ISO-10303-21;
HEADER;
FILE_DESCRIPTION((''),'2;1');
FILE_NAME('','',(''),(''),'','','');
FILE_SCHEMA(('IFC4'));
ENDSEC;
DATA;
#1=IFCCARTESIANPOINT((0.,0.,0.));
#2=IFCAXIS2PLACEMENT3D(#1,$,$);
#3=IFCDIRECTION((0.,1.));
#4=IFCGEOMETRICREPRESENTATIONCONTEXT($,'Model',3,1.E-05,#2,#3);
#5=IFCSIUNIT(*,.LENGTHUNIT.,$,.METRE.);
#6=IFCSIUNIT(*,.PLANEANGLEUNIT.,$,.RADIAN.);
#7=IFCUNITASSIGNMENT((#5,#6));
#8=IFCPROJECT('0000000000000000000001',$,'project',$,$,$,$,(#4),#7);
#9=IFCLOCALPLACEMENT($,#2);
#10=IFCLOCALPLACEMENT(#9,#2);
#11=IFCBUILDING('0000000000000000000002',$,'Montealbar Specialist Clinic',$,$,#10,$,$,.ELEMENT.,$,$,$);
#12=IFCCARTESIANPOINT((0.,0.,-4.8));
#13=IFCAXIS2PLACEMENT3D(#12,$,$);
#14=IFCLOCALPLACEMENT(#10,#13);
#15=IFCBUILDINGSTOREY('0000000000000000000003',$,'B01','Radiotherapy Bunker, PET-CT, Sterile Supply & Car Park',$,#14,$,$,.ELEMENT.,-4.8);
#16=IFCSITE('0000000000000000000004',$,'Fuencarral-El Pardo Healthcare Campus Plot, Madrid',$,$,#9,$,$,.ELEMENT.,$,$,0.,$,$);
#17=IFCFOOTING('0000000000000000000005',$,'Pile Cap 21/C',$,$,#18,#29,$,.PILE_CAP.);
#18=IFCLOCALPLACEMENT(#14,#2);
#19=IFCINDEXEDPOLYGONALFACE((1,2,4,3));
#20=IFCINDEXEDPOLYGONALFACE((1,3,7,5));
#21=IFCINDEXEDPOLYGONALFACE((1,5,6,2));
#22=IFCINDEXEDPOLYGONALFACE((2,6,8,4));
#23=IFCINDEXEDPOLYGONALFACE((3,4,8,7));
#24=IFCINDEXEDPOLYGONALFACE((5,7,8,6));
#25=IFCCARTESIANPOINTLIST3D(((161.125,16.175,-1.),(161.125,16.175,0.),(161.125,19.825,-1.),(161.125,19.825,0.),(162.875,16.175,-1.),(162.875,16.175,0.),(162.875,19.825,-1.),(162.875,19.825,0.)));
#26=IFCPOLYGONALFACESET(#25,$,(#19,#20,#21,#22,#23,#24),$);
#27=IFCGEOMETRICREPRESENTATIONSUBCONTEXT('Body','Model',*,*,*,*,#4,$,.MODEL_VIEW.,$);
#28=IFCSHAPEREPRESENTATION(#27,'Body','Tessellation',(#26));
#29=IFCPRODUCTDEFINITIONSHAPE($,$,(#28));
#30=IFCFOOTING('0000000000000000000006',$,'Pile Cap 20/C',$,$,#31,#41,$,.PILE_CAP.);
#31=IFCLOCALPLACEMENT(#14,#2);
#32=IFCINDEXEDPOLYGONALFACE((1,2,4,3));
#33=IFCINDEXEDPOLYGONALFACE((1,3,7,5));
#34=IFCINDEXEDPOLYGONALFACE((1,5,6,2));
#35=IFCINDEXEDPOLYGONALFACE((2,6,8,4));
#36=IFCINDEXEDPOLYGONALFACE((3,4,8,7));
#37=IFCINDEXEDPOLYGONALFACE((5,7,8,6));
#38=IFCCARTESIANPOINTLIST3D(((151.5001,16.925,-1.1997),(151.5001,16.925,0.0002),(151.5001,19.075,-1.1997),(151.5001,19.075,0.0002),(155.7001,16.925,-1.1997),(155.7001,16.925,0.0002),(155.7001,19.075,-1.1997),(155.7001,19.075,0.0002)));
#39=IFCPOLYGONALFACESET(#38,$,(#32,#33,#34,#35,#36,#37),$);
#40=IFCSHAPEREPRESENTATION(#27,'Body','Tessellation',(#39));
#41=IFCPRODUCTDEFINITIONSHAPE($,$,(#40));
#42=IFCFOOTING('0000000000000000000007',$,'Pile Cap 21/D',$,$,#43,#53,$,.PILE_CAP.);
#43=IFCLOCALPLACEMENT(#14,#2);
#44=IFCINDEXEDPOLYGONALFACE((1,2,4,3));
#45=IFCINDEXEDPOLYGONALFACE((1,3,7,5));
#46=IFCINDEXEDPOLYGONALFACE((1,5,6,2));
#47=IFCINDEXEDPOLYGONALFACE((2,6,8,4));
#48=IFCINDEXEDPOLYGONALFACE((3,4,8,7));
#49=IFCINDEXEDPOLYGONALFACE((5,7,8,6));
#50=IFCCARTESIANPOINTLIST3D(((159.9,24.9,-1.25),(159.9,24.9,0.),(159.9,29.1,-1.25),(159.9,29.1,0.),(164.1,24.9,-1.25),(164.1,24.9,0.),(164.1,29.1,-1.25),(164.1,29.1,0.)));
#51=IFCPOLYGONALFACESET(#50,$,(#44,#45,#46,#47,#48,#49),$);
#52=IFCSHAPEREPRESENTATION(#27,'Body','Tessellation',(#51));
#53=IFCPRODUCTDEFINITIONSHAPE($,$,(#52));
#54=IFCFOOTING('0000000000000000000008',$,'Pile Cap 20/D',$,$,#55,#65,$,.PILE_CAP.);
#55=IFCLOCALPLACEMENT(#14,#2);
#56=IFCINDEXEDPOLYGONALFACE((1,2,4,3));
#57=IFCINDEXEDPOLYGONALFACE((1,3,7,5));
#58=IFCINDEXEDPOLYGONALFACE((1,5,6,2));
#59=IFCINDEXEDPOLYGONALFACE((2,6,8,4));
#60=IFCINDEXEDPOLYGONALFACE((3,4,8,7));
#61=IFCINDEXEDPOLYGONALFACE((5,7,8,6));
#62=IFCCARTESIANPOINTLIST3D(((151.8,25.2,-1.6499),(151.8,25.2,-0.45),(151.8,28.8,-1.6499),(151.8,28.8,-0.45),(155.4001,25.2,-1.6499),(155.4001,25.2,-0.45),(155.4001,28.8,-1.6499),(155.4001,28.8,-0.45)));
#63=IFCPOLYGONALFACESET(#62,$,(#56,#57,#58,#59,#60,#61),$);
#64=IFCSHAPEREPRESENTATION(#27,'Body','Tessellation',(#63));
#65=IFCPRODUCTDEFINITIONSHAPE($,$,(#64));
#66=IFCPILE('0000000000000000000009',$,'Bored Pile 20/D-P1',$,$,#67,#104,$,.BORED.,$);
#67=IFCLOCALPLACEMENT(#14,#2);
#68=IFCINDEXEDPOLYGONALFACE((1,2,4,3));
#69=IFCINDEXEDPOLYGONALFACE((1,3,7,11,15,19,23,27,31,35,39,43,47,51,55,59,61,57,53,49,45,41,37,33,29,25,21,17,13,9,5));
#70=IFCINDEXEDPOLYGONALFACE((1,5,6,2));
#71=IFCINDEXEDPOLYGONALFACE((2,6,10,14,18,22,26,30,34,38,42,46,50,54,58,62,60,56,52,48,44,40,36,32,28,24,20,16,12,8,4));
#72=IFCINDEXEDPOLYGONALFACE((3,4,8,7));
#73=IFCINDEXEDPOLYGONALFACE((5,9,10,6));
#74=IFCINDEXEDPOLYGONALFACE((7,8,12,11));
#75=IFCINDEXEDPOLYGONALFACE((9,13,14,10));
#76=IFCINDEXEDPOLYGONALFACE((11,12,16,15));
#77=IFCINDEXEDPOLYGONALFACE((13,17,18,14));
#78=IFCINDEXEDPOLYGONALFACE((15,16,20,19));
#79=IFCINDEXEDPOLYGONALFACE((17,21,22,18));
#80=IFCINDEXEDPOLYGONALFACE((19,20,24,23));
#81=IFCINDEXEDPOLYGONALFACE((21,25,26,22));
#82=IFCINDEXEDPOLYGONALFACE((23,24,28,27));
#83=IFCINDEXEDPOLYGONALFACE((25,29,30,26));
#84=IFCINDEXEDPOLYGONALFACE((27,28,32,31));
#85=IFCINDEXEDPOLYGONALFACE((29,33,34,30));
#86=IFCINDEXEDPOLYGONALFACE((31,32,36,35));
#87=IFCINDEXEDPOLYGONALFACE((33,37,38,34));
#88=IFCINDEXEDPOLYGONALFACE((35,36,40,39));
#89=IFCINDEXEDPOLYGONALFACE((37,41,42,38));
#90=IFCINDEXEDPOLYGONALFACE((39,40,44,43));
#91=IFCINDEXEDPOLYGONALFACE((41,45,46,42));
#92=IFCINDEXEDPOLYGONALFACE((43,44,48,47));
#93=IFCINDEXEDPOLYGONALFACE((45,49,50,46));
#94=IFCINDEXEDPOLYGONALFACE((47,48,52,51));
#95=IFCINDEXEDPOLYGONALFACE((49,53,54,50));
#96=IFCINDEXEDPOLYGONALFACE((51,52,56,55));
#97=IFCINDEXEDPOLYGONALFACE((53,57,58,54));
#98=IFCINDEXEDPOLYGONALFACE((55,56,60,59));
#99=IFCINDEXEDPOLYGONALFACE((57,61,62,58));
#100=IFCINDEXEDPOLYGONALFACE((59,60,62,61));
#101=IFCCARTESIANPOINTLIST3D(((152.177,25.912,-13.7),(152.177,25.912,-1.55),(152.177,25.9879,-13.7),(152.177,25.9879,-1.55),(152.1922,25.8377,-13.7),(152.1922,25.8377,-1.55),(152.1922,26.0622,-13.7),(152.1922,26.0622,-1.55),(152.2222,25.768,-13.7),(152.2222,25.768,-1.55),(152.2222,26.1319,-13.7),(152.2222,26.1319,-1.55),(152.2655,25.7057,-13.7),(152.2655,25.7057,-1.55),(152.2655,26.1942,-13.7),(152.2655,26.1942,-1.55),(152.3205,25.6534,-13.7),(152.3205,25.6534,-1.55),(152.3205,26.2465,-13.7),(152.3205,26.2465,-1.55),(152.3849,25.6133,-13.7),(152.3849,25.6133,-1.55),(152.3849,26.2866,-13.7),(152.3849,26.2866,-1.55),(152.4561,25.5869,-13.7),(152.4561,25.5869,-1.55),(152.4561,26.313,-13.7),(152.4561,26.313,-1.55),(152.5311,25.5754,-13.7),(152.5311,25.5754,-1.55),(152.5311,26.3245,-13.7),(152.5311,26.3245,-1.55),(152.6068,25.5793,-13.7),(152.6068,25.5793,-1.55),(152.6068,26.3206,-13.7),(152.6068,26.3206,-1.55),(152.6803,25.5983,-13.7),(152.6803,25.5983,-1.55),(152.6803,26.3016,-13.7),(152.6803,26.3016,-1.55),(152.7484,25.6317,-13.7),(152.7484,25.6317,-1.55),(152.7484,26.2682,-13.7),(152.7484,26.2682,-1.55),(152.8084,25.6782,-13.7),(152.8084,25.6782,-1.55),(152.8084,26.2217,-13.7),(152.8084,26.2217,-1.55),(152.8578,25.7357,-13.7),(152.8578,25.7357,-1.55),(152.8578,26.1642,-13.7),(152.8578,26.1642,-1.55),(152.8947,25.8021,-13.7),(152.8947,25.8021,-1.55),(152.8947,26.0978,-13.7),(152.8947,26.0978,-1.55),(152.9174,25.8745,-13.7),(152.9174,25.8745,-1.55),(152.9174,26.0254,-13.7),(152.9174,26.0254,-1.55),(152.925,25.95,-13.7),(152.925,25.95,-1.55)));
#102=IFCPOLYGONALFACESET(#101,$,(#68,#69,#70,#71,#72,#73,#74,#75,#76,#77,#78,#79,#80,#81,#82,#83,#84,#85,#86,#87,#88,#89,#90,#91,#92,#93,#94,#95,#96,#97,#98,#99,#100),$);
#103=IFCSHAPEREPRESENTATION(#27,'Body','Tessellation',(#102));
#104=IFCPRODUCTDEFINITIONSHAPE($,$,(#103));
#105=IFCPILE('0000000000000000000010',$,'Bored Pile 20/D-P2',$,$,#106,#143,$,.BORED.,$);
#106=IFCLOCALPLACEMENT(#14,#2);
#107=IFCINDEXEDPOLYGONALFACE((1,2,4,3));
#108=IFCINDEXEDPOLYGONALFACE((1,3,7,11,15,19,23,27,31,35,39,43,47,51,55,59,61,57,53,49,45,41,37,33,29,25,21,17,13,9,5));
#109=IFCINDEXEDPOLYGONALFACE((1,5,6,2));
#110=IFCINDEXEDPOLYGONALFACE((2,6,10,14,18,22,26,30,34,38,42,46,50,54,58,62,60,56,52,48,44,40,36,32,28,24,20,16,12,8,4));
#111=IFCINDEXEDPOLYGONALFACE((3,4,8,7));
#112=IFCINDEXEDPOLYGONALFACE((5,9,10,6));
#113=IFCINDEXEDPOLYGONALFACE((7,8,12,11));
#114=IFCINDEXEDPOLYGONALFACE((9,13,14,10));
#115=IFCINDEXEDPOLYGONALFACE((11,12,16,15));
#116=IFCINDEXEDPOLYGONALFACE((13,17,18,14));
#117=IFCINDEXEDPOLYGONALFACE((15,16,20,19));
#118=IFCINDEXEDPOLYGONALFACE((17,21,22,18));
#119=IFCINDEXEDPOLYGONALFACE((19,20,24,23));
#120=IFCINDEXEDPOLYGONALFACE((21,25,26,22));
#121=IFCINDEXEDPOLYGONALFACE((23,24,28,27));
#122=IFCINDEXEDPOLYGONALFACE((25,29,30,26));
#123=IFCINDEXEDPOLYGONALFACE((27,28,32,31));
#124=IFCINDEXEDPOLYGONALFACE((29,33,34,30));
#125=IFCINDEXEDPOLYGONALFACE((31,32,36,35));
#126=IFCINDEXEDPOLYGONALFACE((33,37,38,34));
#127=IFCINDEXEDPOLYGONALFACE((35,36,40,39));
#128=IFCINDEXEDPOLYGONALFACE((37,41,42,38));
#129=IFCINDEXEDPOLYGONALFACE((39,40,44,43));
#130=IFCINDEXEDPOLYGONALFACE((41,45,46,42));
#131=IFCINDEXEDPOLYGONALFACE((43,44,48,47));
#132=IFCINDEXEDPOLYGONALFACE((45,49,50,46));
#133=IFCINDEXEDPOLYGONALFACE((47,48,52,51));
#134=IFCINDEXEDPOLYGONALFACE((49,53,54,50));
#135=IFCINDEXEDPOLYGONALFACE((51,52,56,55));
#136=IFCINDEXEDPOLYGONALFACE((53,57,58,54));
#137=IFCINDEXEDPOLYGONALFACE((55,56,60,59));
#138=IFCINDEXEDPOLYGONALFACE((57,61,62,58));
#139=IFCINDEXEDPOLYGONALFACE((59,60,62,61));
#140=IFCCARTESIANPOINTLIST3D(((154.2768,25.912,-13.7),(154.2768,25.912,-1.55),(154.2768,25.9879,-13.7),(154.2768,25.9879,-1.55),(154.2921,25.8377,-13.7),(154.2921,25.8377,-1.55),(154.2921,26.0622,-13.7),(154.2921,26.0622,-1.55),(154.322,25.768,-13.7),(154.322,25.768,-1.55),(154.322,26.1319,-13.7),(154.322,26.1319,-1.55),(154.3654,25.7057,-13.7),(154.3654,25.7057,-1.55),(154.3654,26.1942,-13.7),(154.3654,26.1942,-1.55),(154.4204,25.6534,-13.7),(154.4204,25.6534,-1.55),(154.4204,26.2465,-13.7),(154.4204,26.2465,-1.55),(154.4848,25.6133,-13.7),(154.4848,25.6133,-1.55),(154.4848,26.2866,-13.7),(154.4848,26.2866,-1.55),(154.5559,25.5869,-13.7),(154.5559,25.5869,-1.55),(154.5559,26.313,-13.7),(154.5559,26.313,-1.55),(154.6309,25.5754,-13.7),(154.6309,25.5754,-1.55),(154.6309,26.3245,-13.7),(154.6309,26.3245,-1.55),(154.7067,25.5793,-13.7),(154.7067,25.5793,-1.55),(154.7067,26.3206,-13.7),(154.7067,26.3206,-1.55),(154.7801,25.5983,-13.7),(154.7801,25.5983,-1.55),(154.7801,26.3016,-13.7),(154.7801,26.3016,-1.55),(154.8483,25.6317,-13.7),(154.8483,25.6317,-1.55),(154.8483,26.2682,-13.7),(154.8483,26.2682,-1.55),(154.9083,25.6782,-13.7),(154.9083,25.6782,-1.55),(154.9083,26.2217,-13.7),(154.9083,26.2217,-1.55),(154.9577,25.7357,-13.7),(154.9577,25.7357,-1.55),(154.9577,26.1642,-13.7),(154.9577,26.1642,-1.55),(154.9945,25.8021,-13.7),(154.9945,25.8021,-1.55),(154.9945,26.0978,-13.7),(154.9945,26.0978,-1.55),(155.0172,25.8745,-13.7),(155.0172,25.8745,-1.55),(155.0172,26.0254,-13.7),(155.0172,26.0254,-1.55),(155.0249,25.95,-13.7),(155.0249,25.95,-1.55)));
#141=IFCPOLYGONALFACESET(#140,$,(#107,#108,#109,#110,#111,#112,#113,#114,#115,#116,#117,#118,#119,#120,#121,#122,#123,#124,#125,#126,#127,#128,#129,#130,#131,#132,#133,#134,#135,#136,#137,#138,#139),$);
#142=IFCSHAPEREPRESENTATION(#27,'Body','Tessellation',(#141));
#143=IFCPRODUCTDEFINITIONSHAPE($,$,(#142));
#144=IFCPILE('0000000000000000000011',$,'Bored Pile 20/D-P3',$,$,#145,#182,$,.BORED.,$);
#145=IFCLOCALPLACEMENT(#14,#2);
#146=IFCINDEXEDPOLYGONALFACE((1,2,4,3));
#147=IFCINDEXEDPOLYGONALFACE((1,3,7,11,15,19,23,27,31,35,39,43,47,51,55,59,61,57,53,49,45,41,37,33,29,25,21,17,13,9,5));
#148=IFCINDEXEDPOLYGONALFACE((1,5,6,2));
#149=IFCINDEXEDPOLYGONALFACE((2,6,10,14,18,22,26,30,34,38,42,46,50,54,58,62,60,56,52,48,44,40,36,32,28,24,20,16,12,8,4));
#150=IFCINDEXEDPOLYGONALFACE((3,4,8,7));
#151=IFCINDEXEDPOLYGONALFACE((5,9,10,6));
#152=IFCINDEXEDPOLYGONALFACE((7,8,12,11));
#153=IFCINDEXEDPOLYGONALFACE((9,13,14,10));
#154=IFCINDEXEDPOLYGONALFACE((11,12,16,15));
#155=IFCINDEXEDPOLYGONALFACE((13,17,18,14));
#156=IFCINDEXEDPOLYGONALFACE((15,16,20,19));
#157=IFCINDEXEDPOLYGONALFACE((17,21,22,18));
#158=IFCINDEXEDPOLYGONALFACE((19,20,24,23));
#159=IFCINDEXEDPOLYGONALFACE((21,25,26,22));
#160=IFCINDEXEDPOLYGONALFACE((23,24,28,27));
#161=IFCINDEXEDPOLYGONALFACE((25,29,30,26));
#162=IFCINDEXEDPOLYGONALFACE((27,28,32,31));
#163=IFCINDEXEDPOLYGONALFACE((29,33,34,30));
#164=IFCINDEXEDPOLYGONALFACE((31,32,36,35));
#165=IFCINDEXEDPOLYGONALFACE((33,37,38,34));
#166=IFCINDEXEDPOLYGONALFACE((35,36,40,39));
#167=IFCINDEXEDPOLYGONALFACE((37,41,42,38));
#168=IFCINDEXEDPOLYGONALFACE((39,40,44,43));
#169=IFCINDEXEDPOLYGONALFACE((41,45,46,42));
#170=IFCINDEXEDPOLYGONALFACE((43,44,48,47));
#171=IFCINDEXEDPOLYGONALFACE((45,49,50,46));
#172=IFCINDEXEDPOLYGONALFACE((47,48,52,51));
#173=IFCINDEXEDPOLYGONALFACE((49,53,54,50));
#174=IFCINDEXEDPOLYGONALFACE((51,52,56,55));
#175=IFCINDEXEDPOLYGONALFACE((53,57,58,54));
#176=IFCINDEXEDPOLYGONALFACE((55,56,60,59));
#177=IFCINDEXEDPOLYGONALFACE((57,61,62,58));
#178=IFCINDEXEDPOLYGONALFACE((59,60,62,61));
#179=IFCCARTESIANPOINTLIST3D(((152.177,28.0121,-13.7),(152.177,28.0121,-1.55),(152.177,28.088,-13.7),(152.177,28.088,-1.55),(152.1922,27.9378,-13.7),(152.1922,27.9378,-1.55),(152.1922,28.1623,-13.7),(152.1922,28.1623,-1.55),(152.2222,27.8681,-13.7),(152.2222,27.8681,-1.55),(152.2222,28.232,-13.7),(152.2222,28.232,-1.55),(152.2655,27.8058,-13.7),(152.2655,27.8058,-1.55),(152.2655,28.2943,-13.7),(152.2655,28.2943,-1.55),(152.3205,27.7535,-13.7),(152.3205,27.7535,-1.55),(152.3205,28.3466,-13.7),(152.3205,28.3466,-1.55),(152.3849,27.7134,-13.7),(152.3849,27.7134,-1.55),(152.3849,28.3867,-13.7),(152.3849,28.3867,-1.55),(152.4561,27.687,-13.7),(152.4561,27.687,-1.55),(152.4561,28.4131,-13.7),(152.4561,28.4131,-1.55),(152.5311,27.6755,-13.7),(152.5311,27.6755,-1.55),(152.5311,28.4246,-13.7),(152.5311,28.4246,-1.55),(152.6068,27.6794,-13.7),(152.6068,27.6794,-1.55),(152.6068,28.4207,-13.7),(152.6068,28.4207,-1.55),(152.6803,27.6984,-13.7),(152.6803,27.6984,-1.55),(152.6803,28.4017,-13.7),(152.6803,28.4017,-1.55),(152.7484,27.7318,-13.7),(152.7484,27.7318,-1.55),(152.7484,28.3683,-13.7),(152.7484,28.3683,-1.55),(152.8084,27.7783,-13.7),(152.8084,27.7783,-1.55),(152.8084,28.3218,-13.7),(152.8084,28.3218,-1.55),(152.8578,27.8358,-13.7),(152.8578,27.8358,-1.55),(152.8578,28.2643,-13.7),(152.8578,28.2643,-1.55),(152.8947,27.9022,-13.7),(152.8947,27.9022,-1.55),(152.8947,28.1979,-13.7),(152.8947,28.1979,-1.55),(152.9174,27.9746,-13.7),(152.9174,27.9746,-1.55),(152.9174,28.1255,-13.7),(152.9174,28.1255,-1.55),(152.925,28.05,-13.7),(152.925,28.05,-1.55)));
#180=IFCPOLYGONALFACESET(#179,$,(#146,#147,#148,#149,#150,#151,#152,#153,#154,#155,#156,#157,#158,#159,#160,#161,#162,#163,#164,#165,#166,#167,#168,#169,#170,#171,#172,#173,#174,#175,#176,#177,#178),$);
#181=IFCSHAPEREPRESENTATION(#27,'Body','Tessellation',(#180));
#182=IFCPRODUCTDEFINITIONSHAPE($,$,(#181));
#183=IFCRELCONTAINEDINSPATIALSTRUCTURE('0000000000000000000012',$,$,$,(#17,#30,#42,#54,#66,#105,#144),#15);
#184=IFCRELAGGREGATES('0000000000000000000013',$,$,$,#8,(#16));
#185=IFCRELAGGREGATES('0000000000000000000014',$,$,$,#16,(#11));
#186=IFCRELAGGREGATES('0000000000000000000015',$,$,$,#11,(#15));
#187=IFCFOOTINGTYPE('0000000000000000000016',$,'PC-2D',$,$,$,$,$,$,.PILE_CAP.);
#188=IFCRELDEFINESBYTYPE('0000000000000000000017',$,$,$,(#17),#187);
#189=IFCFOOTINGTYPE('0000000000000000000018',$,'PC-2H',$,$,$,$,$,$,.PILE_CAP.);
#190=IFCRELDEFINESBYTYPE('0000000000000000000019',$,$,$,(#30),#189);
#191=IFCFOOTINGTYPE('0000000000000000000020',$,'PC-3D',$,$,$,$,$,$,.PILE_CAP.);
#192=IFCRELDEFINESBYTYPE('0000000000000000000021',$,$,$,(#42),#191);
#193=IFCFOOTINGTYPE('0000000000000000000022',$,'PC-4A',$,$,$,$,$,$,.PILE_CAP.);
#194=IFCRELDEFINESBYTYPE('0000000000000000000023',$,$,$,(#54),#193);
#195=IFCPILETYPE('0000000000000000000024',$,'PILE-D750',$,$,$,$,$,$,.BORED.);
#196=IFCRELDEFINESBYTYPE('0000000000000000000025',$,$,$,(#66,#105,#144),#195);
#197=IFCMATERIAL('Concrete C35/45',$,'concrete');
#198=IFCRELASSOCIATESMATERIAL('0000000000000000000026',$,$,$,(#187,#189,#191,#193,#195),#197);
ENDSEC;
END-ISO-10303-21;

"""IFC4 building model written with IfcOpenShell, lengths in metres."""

from ifc_helpers import new_model, si_unit, direction, frame, origin, origin_2d, place, context, subcontext, project, spatial, rectangle, circle, extrude, material, material_profile, profile_set, type_object, element, save


model = new_model("IFC4")

# Units and contexts
model_context = context("Model", 3, precision=1e-05, world=origin(), true_north=direction((0.0, 1.0)))
body_context = subcontext(model_context, "Body", "Model", "MODEL_VIEW")
ifc_project = project(units=[si_unit("LENGTHUNIT", "METRE"), si_unit("PLANEANGLEUNIT", "RADIAN")], contexts=[model_context])

# Site, building, storey
site_placement = place(None, origin())
site = spatial("IfcSite", under=ifc_project, at=site_placement, Name="Fuencarral-El Pardo Healthcare Campus Plot, Madrid", CompositionType="ELEMENT", RefElevation=0.0)
building_placement = place(site_placement, origin())
building = spatial("IfcBuilding", under=site, at=building_placement, Name="Montealbar Specialist Clinic", CompositionType="ELEMENT")
storey_placement = place(building_placement, frame((0.0, 0.0, -4.8)))
storey = spatial("IfcBuildingStorey", under=building, at=storey_placement, Name="B01", Description="Radiotherapy Bunker, PET-CT, Sterile Supply & Car Park", CompositionType="ELEMENT", Elevation=-4.8)

# Footings
ifc_material_1 = material(Name="Concrete C35/45", Category="concrete")
footing_type_1 = type_object("IfcFootingType", Name="PC-2D", PredefinedType="PILE_CAP", material=ifc_material_1)
footing_1_placement = place(storey_placement, frame((162.0, 18.0, -1.0), z_axis=(0.0, 0.0, 1.0), x_axis=(1.0, 0.0, 0.0)))
element("IfcFooting", 1, at=footing_1_placement, inside=storey, type_object=footing_type_1, Name="Pile Cap 21/C", PredefinedType="PILE_CAP", context=body_context, shape_type="SweptSolid", body=[
    extrude(rectangle(XDim=1.75, YDim=3.6499, at=origin_2d()), origin(), (0.0, 0.0, 1.0), 1.0),
])
footing_type_2 = type_object("IfcFootingType", Name="PC-2H", PredefinedType="PILE_CAP", material=ifc_material_1)
footing_2_placement = place(storey_placement, frame((153.6001, 18.0, -1.1997), z_axis=(0.0, 0.0, 1.0), x_axis=(1.0, 0.0, 0.0)))
element("IfcFooting", 2, at=footing_2_placement, inside=storey, type_object=footing_type_2, Name="Pile Cap 20/C", PredefinedType="PILE_CAP", context=body_context, shape_type="SweptSolid", body=[
    extrude(rectangle(XDim=4.2, YDim=2.1499, at=origin_2d()), origin(), (0.0, 0.0, 1.0), 1.2),
])
footing_type_3 = type_object("IfcFootingType", Name="PC-3D", PredefinedType="PILE_CAP", material=ifc_material_1)
footing_3_placement = place(storey_placement, frame((162.0, 27.0, -1.25), z_axis=(0.0, 0.0, 1.0), x_axis=(1.0, 0.0, 0.0)))
element("IfcFooting", 3, at=footing_3_placement, inside=storey, type_object=footing_type_3, Name="Pile Cap 21/D", PredefinedType="PILE_CAP", context=body_context, shape_type="SweptSolid", body=[
    extrude(rectangle(XDim=4.2, YDim=4.2, at=origin_2d()), origin(), (0.0, 0.0, 1.0), 1.25),
])
footing_type_4 = type_object("IfcFootingType", Name="PC-4A", PredefinedType="PILE_CAP", material=ifc_material_1)
footing_4_placement = place(storey_placement, frame((153.6001, 27.0, -1.6499), z_axis=(0.0, 0.0, 1.0), x_axis=(1.0, 0.0, 0.0)))
element("IfcFooting", 4, at=footing_4_placement, inside=storey, type_object=footing_type_4, Name="Pile Cap 20/D", PredefinedType="PILE_CAP", context=body_context, shape_type="SweptSolid", body=[
    extrude(rectangle(XDim=3.6001, YDim=3.6001, at=origin_2d()), origin(), (0.0, 0.0, 1.0), 1.2),
])

# Piles
ifc_material_profile_1 = material_profile(ifc_material_1, circle(Radius=0.375, at=origin_2d()), Name="PILE D750", Category="concrete")
ifc_profile_set_1 = profile_set([ifc_material_profile_1], Name="Concrete C35/45")
pile_type_1 = type_object("IfcPileType", Name="PILE-D750", PredefinedType="BORED", material=ifc_profile_set_1)
for number, where, z_axis, x_axis, name in (
    (5, (152.55, 25.95, -1.55), (0.0, 0.0, -1.0), (1.0, 0.0, 0.0), "Bored Pile 20/D-P1"),
    (6, (154.6499, 25.95, -1.55), (0.0, 0.0, -1.0), (1.0, 0.0, 0.0), "Bored Pile 20/D-P2"),
    (7, (152.55, 28.05, -1.55), (0.0, 0.0, -1.0), (1.0, 0.0, 0.0), "Bored Pile 20/D-P3"),
):
    element("IfcPile", number, at=place(storey_placement, frame(where, z_axis=z_axis, x_axis=x_axis)), inside=storey, type_object=pile_type_1, Name=name, PredefinedType="BORED", context=body_context, shape_type="SweptSolid", body=[
        extrude(circle(Radius=0.375, at=origin_2d()), origin(), (0.0, 0.0, 1.0), 12.1499),
    ])

save(model, "model.ifc")
